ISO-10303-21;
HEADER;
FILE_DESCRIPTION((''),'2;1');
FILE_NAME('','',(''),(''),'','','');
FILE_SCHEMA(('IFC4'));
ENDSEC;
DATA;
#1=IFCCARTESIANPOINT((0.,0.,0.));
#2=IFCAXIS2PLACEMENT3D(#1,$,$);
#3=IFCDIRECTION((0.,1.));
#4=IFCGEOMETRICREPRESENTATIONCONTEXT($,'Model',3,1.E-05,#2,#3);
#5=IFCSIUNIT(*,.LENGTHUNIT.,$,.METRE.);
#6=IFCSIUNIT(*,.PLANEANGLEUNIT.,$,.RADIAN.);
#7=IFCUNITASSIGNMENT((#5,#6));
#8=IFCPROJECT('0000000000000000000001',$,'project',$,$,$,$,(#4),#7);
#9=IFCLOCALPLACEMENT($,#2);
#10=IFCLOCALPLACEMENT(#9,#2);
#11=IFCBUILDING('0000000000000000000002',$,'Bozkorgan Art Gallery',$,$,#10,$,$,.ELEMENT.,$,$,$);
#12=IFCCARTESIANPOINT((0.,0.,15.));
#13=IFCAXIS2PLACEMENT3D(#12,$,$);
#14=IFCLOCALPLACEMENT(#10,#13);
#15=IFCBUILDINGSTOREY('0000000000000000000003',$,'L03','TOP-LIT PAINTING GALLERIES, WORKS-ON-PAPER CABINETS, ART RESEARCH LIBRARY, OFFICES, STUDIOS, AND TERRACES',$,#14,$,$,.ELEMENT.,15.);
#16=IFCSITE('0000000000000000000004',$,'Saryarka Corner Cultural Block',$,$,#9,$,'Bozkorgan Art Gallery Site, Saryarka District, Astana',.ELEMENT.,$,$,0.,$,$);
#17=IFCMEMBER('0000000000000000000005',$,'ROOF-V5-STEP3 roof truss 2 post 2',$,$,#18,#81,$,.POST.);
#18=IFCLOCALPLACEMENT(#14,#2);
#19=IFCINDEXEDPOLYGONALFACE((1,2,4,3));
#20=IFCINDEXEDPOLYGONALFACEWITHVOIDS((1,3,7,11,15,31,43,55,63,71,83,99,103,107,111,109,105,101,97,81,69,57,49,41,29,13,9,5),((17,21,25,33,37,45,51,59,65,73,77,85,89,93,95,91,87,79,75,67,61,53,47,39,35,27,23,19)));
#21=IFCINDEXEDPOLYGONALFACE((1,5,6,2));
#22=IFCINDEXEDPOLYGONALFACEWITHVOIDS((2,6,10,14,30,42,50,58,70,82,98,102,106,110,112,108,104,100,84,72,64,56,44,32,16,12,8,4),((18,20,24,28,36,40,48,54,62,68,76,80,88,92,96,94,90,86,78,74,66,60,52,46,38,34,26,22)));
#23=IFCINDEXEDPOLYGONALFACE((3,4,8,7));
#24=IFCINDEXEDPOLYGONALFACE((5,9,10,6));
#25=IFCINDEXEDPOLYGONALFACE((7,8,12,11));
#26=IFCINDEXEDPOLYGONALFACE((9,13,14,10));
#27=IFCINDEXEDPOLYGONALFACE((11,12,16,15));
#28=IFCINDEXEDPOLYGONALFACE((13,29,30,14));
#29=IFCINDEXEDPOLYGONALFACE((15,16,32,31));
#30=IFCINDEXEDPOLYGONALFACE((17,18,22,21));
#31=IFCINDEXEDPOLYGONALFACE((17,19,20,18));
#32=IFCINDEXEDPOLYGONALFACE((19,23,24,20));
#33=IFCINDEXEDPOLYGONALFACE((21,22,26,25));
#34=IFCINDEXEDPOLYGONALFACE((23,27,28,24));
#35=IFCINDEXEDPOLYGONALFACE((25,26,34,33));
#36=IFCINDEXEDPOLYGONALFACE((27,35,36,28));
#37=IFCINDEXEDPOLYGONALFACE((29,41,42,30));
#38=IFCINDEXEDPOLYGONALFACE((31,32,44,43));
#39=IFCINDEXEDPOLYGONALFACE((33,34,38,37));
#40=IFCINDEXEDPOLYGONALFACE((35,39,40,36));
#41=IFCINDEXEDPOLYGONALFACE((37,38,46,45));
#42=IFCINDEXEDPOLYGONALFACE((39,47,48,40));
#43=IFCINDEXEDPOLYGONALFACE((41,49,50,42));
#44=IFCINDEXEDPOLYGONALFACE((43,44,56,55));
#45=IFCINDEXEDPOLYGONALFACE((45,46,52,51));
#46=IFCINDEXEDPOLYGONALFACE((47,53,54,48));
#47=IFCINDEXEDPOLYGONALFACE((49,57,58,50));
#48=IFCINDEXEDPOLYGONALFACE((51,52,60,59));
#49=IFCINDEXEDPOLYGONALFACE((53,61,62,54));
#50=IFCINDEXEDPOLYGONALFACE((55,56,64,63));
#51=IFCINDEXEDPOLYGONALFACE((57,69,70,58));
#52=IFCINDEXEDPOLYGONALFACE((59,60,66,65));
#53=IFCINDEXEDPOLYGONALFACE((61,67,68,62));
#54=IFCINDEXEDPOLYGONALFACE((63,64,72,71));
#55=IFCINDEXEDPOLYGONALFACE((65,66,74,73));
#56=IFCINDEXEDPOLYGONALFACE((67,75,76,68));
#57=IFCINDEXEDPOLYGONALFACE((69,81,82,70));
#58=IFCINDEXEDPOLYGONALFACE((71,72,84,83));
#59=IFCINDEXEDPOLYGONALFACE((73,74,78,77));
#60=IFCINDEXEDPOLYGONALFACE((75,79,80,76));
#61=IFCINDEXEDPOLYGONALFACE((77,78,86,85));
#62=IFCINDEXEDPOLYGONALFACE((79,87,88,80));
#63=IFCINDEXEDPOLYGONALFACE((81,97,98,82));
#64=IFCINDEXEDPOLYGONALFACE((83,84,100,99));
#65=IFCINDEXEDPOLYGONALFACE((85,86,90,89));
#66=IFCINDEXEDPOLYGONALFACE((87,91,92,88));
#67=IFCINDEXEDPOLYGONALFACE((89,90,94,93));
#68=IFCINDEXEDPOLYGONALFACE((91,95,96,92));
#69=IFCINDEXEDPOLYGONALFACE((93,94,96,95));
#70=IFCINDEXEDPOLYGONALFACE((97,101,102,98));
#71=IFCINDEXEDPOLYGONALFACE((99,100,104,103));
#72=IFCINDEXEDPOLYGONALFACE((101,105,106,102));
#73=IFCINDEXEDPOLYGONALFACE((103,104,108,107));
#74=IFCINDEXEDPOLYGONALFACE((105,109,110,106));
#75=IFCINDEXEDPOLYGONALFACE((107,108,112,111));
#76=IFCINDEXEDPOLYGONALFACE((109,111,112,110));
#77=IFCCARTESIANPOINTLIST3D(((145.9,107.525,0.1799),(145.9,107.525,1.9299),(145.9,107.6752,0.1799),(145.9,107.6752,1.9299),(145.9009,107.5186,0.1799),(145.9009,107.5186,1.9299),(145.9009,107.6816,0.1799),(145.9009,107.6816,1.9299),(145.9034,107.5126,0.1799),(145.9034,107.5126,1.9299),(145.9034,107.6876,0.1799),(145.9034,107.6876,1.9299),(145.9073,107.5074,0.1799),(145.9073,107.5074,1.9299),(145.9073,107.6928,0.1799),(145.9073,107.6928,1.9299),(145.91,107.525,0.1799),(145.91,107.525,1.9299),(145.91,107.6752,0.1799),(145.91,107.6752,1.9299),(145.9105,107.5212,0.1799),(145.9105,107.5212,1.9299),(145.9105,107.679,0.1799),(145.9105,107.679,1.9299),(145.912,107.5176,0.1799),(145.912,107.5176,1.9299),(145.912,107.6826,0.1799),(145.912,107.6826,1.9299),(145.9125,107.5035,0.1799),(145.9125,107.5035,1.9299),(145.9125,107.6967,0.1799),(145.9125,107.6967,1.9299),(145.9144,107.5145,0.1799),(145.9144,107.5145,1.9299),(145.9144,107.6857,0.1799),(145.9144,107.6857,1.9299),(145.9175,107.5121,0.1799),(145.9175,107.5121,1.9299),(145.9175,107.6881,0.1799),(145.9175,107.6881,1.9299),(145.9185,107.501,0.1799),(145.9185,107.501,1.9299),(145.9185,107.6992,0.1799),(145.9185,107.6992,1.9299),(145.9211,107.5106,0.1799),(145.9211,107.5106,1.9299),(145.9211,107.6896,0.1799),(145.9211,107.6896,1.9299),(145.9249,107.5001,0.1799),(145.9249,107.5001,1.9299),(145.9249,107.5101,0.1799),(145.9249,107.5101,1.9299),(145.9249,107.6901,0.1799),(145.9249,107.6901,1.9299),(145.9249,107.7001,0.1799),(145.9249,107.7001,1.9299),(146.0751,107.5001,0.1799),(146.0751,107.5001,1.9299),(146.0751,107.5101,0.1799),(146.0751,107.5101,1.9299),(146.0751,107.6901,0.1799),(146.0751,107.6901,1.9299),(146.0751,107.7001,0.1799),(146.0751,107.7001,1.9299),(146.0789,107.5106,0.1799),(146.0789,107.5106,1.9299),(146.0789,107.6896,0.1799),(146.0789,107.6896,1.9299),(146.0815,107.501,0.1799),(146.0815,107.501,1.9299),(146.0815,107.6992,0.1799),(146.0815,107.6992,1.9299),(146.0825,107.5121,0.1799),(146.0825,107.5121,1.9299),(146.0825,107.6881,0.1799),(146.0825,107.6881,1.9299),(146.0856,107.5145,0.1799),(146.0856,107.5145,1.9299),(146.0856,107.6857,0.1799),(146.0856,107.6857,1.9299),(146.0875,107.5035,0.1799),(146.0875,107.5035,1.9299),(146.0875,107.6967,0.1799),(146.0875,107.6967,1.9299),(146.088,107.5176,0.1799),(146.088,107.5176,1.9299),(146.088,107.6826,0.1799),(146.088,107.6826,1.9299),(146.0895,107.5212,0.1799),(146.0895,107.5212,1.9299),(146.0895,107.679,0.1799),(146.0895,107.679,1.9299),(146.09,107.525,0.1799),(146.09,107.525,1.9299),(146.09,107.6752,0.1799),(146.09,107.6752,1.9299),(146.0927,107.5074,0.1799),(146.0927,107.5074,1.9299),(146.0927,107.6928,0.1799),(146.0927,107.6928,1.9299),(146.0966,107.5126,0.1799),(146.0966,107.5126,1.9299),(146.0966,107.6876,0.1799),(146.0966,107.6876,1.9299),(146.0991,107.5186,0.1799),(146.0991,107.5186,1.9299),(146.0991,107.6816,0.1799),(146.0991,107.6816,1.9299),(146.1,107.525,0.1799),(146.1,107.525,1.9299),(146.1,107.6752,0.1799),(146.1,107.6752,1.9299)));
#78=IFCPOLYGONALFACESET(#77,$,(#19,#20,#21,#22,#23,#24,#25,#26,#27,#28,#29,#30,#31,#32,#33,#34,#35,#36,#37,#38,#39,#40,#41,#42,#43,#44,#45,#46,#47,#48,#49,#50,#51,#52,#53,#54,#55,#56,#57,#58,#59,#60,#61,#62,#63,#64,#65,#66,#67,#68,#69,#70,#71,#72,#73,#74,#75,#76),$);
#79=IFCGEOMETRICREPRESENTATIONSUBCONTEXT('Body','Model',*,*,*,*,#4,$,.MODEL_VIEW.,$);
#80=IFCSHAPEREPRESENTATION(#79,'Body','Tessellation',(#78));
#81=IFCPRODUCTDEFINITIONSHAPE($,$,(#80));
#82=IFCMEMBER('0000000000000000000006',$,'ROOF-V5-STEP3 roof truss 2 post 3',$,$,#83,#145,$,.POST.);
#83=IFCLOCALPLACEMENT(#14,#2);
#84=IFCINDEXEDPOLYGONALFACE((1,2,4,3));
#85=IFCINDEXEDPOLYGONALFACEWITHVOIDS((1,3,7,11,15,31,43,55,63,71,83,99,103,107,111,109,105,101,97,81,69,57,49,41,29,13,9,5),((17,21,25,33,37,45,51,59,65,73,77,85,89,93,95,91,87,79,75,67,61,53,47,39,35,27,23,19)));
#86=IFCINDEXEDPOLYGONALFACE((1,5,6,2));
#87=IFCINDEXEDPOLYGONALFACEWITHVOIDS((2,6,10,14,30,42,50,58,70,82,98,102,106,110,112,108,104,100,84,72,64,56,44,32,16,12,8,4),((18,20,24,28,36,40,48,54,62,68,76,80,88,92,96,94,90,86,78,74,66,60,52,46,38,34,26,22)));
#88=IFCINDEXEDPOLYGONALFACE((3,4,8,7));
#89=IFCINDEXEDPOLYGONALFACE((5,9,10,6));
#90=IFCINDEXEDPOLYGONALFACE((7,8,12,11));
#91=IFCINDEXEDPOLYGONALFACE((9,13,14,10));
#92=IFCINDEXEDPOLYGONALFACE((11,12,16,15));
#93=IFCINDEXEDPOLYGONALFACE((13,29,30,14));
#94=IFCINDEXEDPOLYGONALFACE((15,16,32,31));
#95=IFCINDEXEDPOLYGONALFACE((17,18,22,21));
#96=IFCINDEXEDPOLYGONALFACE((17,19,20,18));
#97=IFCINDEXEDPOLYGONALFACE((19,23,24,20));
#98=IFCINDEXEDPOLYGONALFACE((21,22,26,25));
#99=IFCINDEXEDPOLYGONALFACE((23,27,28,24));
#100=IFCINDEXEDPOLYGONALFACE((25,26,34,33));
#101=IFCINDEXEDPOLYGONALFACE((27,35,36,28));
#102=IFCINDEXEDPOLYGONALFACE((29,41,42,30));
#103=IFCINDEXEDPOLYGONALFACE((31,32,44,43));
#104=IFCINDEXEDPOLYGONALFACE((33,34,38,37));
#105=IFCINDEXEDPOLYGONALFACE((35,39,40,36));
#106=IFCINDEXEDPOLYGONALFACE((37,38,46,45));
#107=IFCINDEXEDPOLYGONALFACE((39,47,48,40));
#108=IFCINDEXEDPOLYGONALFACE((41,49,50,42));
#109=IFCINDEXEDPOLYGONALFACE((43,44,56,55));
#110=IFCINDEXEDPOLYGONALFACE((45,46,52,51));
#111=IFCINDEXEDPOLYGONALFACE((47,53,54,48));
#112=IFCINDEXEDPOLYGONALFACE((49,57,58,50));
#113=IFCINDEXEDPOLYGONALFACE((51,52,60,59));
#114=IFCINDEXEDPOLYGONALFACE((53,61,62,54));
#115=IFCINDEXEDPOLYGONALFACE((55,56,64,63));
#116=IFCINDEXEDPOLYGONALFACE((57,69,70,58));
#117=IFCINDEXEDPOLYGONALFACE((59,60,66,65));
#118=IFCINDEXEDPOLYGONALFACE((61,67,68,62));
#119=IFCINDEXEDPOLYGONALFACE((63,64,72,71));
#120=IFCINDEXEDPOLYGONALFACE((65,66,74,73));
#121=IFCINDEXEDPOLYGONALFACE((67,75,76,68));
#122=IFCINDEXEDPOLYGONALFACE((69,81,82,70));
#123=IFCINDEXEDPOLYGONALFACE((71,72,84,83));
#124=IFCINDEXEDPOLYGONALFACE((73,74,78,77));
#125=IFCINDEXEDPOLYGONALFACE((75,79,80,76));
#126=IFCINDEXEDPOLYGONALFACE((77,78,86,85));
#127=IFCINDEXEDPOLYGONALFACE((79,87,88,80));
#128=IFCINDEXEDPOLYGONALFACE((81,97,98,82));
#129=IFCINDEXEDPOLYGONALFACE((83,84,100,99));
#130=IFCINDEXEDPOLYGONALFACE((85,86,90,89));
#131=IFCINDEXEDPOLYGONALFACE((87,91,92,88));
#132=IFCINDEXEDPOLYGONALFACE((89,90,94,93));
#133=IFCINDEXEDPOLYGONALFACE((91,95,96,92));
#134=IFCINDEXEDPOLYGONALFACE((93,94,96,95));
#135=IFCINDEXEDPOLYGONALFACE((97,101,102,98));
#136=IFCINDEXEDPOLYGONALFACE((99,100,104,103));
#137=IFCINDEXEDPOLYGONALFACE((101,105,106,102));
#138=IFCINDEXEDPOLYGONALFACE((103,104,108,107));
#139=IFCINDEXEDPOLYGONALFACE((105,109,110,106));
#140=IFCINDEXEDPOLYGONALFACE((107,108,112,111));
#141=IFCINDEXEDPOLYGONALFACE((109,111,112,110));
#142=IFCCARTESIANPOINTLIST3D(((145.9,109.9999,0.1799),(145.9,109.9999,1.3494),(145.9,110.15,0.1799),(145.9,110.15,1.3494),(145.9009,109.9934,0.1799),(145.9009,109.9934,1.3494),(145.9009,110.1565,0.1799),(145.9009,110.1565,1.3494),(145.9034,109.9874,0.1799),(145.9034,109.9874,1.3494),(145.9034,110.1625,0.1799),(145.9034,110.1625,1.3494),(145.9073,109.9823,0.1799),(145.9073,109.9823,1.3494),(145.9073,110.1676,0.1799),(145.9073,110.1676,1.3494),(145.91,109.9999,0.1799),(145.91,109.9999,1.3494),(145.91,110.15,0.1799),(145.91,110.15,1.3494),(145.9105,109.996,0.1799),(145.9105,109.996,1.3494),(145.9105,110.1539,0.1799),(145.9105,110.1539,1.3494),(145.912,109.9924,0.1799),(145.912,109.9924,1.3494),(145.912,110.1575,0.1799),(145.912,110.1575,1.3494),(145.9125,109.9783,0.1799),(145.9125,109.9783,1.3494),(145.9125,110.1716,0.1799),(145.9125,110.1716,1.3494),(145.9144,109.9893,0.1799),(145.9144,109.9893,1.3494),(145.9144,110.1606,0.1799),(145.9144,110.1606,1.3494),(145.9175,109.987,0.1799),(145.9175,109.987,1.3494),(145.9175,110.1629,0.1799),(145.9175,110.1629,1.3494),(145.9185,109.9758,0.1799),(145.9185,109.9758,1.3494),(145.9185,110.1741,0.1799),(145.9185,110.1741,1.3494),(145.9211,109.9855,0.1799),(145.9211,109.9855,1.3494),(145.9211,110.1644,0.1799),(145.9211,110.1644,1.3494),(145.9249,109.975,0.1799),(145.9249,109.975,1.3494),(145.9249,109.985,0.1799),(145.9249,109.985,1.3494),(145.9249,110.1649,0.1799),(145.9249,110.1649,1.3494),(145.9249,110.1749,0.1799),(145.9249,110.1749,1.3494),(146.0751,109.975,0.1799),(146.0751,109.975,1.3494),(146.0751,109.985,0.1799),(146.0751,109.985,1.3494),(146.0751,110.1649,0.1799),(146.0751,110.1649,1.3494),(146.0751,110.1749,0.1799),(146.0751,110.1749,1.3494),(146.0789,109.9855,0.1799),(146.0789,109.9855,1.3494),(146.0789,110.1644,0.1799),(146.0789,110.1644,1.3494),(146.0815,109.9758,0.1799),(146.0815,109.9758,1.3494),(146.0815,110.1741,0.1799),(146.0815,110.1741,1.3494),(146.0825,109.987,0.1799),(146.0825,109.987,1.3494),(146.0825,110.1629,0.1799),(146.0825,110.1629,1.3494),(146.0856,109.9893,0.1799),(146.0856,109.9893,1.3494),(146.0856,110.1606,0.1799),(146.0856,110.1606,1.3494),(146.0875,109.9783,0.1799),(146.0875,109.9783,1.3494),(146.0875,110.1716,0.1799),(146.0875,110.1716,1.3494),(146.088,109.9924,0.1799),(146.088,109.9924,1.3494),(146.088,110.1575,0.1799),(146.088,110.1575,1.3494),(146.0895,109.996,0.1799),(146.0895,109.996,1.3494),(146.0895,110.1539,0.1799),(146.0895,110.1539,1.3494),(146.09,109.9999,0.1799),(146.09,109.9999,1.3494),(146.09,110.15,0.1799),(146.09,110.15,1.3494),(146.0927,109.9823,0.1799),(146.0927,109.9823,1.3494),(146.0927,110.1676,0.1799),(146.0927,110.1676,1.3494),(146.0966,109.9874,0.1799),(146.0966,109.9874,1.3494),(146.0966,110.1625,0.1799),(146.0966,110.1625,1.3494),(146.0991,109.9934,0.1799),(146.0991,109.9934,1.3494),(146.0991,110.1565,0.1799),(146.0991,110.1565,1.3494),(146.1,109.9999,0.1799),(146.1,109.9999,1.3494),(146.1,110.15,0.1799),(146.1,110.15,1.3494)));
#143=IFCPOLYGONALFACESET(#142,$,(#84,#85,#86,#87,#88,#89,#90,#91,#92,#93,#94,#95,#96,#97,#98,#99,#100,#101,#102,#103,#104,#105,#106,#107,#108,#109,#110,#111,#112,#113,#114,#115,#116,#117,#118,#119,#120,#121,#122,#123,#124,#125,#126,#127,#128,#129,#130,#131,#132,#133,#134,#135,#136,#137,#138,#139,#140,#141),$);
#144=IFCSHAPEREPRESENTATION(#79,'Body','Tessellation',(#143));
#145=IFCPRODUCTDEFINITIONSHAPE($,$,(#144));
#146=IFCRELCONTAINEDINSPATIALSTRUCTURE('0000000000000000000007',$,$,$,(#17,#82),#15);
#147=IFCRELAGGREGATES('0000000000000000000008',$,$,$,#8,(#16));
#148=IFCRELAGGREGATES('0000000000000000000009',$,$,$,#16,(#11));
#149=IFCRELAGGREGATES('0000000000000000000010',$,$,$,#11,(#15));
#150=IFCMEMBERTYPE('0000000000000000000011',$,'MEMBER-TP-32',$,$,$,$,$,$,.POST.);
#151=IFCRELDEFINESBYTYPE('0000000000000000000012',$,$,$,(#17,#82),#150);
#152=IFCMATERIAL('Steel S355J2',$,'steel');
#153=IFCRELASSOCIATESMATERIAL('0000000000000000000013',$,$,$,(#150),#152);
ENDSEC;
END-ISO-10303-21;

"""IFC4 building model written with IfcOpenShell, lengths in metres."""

from ifc_helpers import new_model, si_unit, direction, frame, origin, origin_2d, place, context, subcontext, project, spatial, hollow_rectangle, extrude, material, material_profile, profile_set, type_object, element, save


model = new_model("IFC4")

# Units and contexts
model_context = context("Model", 3, precision=1e-05, world=origin(), true_north=direction((0.0, 1.0)))
body_context = subcontext(model_context, "Body", "Model", "MODEL_VIEW")
ifc_project = project(units=[si_unit("LENGTHUNIT", "METRE"), si_unit("PLANEANGLEUNIT", "RADIAN")], contexts=[model_context])

# Site, building, storey
site_placement = place(None, origin())
site = spatial("IfcSite", under=ifc_project, at=site_placement, Name="Saryarka Corner Cultural Block", LongName="Bozkorgan Art Gallery Site, Saryarka District, Astana", CompositionType="ELEMENT", RefElevation=0.0)
building_placement = place(site_placement, origin())
building = spatial("IfcBuilding", under=site, at=building_placement, Name="Bozkorgan Art Gallery", CompositionType="ELEMENT")
storey_placement = place(building_placement, frame((0.0, 0.0, 15.0)))
storey = spatial("IfcBuildingStorey", under=building, at=storey_placement, Name="L03", Description="TOP-LIT PAINTING GALLERIES, WORKS-ON-PAPER CABINETS, ART RESEARCH LIBRARY, OFFICES, STUDIOS, AND TERRACES", CompositionType="ELEMENT", Elevation=15.0)

# Shared definitions
ifc_material_1 = material(Name="Steel S355J2", Category="steel")

# Members
ifc_material_profile_1 = material_profile(ifc_material_1, hollow_rectangle(XDim=0.2, YDim=0.2, WallThickness=0.01, InnerFilletRadius=0.0149, OuterFilletRadius=0.0249, at=origin_2d()), Name="SHS 200x200x10")
ifc_profile_set_1 = profile_set([ifc_material_profile_1], Name="Steel S355J2")
member_type_1 = type_object("IfcMemberType", Name="MEMBER-TP-32", PredefinedType="POST", material=ifc_profile_set_1)
member_1_placement = place(storey_placement, frame((146.0, 107.6001, 0.1799), z_axis=(0.0, 0.0, 1.0), x_axis=(1.0, 0.0, 0.0)))
element("IfcMember", 1, at=member_1_placement, inside=storey, type_object=member_type_1, Name="ROOF-V5-STEP3 roof truss 2 post 2", PredefinedType="POST", context=body_context, shape_type="SweptSolid", body=[
    extrude(hollow_rectangle(XDim=0.2, YDim=0.2, WallThickness=0.01, InnerFilletRadius=0.0149, OuterFilletRadius=0.0249, at=origin_2d()), origin(), (0.0, 0.0, 1.0), 1.75),
])
member_2_placement = place(storey_placement, frame((146.0, 110.075, 0.1799), z_axis=(0.0, 0.0, 1.0), x_axis=(1.0, 0.0, 0.0)))
element("IfcMember", 2, at=member_2_placement, inside=storey, type_object=member_type_1, Name="ROOF-V5-STEP3 roof truss 2 post 3", PredefinedType="POST", context=body_context, shape_type="SweptSolid", body=[
    extrude(hollow_rectangle(XDim=0.2, YDim=0.2, WallThickness=0.01, InnerFilletRadius=0.0149, OuterFilletRadius=0.0249, at=origin_2d()), origin(), (0.0, 0.0, 1.0), 1.1694),
])

save(model, "model.ifc")
